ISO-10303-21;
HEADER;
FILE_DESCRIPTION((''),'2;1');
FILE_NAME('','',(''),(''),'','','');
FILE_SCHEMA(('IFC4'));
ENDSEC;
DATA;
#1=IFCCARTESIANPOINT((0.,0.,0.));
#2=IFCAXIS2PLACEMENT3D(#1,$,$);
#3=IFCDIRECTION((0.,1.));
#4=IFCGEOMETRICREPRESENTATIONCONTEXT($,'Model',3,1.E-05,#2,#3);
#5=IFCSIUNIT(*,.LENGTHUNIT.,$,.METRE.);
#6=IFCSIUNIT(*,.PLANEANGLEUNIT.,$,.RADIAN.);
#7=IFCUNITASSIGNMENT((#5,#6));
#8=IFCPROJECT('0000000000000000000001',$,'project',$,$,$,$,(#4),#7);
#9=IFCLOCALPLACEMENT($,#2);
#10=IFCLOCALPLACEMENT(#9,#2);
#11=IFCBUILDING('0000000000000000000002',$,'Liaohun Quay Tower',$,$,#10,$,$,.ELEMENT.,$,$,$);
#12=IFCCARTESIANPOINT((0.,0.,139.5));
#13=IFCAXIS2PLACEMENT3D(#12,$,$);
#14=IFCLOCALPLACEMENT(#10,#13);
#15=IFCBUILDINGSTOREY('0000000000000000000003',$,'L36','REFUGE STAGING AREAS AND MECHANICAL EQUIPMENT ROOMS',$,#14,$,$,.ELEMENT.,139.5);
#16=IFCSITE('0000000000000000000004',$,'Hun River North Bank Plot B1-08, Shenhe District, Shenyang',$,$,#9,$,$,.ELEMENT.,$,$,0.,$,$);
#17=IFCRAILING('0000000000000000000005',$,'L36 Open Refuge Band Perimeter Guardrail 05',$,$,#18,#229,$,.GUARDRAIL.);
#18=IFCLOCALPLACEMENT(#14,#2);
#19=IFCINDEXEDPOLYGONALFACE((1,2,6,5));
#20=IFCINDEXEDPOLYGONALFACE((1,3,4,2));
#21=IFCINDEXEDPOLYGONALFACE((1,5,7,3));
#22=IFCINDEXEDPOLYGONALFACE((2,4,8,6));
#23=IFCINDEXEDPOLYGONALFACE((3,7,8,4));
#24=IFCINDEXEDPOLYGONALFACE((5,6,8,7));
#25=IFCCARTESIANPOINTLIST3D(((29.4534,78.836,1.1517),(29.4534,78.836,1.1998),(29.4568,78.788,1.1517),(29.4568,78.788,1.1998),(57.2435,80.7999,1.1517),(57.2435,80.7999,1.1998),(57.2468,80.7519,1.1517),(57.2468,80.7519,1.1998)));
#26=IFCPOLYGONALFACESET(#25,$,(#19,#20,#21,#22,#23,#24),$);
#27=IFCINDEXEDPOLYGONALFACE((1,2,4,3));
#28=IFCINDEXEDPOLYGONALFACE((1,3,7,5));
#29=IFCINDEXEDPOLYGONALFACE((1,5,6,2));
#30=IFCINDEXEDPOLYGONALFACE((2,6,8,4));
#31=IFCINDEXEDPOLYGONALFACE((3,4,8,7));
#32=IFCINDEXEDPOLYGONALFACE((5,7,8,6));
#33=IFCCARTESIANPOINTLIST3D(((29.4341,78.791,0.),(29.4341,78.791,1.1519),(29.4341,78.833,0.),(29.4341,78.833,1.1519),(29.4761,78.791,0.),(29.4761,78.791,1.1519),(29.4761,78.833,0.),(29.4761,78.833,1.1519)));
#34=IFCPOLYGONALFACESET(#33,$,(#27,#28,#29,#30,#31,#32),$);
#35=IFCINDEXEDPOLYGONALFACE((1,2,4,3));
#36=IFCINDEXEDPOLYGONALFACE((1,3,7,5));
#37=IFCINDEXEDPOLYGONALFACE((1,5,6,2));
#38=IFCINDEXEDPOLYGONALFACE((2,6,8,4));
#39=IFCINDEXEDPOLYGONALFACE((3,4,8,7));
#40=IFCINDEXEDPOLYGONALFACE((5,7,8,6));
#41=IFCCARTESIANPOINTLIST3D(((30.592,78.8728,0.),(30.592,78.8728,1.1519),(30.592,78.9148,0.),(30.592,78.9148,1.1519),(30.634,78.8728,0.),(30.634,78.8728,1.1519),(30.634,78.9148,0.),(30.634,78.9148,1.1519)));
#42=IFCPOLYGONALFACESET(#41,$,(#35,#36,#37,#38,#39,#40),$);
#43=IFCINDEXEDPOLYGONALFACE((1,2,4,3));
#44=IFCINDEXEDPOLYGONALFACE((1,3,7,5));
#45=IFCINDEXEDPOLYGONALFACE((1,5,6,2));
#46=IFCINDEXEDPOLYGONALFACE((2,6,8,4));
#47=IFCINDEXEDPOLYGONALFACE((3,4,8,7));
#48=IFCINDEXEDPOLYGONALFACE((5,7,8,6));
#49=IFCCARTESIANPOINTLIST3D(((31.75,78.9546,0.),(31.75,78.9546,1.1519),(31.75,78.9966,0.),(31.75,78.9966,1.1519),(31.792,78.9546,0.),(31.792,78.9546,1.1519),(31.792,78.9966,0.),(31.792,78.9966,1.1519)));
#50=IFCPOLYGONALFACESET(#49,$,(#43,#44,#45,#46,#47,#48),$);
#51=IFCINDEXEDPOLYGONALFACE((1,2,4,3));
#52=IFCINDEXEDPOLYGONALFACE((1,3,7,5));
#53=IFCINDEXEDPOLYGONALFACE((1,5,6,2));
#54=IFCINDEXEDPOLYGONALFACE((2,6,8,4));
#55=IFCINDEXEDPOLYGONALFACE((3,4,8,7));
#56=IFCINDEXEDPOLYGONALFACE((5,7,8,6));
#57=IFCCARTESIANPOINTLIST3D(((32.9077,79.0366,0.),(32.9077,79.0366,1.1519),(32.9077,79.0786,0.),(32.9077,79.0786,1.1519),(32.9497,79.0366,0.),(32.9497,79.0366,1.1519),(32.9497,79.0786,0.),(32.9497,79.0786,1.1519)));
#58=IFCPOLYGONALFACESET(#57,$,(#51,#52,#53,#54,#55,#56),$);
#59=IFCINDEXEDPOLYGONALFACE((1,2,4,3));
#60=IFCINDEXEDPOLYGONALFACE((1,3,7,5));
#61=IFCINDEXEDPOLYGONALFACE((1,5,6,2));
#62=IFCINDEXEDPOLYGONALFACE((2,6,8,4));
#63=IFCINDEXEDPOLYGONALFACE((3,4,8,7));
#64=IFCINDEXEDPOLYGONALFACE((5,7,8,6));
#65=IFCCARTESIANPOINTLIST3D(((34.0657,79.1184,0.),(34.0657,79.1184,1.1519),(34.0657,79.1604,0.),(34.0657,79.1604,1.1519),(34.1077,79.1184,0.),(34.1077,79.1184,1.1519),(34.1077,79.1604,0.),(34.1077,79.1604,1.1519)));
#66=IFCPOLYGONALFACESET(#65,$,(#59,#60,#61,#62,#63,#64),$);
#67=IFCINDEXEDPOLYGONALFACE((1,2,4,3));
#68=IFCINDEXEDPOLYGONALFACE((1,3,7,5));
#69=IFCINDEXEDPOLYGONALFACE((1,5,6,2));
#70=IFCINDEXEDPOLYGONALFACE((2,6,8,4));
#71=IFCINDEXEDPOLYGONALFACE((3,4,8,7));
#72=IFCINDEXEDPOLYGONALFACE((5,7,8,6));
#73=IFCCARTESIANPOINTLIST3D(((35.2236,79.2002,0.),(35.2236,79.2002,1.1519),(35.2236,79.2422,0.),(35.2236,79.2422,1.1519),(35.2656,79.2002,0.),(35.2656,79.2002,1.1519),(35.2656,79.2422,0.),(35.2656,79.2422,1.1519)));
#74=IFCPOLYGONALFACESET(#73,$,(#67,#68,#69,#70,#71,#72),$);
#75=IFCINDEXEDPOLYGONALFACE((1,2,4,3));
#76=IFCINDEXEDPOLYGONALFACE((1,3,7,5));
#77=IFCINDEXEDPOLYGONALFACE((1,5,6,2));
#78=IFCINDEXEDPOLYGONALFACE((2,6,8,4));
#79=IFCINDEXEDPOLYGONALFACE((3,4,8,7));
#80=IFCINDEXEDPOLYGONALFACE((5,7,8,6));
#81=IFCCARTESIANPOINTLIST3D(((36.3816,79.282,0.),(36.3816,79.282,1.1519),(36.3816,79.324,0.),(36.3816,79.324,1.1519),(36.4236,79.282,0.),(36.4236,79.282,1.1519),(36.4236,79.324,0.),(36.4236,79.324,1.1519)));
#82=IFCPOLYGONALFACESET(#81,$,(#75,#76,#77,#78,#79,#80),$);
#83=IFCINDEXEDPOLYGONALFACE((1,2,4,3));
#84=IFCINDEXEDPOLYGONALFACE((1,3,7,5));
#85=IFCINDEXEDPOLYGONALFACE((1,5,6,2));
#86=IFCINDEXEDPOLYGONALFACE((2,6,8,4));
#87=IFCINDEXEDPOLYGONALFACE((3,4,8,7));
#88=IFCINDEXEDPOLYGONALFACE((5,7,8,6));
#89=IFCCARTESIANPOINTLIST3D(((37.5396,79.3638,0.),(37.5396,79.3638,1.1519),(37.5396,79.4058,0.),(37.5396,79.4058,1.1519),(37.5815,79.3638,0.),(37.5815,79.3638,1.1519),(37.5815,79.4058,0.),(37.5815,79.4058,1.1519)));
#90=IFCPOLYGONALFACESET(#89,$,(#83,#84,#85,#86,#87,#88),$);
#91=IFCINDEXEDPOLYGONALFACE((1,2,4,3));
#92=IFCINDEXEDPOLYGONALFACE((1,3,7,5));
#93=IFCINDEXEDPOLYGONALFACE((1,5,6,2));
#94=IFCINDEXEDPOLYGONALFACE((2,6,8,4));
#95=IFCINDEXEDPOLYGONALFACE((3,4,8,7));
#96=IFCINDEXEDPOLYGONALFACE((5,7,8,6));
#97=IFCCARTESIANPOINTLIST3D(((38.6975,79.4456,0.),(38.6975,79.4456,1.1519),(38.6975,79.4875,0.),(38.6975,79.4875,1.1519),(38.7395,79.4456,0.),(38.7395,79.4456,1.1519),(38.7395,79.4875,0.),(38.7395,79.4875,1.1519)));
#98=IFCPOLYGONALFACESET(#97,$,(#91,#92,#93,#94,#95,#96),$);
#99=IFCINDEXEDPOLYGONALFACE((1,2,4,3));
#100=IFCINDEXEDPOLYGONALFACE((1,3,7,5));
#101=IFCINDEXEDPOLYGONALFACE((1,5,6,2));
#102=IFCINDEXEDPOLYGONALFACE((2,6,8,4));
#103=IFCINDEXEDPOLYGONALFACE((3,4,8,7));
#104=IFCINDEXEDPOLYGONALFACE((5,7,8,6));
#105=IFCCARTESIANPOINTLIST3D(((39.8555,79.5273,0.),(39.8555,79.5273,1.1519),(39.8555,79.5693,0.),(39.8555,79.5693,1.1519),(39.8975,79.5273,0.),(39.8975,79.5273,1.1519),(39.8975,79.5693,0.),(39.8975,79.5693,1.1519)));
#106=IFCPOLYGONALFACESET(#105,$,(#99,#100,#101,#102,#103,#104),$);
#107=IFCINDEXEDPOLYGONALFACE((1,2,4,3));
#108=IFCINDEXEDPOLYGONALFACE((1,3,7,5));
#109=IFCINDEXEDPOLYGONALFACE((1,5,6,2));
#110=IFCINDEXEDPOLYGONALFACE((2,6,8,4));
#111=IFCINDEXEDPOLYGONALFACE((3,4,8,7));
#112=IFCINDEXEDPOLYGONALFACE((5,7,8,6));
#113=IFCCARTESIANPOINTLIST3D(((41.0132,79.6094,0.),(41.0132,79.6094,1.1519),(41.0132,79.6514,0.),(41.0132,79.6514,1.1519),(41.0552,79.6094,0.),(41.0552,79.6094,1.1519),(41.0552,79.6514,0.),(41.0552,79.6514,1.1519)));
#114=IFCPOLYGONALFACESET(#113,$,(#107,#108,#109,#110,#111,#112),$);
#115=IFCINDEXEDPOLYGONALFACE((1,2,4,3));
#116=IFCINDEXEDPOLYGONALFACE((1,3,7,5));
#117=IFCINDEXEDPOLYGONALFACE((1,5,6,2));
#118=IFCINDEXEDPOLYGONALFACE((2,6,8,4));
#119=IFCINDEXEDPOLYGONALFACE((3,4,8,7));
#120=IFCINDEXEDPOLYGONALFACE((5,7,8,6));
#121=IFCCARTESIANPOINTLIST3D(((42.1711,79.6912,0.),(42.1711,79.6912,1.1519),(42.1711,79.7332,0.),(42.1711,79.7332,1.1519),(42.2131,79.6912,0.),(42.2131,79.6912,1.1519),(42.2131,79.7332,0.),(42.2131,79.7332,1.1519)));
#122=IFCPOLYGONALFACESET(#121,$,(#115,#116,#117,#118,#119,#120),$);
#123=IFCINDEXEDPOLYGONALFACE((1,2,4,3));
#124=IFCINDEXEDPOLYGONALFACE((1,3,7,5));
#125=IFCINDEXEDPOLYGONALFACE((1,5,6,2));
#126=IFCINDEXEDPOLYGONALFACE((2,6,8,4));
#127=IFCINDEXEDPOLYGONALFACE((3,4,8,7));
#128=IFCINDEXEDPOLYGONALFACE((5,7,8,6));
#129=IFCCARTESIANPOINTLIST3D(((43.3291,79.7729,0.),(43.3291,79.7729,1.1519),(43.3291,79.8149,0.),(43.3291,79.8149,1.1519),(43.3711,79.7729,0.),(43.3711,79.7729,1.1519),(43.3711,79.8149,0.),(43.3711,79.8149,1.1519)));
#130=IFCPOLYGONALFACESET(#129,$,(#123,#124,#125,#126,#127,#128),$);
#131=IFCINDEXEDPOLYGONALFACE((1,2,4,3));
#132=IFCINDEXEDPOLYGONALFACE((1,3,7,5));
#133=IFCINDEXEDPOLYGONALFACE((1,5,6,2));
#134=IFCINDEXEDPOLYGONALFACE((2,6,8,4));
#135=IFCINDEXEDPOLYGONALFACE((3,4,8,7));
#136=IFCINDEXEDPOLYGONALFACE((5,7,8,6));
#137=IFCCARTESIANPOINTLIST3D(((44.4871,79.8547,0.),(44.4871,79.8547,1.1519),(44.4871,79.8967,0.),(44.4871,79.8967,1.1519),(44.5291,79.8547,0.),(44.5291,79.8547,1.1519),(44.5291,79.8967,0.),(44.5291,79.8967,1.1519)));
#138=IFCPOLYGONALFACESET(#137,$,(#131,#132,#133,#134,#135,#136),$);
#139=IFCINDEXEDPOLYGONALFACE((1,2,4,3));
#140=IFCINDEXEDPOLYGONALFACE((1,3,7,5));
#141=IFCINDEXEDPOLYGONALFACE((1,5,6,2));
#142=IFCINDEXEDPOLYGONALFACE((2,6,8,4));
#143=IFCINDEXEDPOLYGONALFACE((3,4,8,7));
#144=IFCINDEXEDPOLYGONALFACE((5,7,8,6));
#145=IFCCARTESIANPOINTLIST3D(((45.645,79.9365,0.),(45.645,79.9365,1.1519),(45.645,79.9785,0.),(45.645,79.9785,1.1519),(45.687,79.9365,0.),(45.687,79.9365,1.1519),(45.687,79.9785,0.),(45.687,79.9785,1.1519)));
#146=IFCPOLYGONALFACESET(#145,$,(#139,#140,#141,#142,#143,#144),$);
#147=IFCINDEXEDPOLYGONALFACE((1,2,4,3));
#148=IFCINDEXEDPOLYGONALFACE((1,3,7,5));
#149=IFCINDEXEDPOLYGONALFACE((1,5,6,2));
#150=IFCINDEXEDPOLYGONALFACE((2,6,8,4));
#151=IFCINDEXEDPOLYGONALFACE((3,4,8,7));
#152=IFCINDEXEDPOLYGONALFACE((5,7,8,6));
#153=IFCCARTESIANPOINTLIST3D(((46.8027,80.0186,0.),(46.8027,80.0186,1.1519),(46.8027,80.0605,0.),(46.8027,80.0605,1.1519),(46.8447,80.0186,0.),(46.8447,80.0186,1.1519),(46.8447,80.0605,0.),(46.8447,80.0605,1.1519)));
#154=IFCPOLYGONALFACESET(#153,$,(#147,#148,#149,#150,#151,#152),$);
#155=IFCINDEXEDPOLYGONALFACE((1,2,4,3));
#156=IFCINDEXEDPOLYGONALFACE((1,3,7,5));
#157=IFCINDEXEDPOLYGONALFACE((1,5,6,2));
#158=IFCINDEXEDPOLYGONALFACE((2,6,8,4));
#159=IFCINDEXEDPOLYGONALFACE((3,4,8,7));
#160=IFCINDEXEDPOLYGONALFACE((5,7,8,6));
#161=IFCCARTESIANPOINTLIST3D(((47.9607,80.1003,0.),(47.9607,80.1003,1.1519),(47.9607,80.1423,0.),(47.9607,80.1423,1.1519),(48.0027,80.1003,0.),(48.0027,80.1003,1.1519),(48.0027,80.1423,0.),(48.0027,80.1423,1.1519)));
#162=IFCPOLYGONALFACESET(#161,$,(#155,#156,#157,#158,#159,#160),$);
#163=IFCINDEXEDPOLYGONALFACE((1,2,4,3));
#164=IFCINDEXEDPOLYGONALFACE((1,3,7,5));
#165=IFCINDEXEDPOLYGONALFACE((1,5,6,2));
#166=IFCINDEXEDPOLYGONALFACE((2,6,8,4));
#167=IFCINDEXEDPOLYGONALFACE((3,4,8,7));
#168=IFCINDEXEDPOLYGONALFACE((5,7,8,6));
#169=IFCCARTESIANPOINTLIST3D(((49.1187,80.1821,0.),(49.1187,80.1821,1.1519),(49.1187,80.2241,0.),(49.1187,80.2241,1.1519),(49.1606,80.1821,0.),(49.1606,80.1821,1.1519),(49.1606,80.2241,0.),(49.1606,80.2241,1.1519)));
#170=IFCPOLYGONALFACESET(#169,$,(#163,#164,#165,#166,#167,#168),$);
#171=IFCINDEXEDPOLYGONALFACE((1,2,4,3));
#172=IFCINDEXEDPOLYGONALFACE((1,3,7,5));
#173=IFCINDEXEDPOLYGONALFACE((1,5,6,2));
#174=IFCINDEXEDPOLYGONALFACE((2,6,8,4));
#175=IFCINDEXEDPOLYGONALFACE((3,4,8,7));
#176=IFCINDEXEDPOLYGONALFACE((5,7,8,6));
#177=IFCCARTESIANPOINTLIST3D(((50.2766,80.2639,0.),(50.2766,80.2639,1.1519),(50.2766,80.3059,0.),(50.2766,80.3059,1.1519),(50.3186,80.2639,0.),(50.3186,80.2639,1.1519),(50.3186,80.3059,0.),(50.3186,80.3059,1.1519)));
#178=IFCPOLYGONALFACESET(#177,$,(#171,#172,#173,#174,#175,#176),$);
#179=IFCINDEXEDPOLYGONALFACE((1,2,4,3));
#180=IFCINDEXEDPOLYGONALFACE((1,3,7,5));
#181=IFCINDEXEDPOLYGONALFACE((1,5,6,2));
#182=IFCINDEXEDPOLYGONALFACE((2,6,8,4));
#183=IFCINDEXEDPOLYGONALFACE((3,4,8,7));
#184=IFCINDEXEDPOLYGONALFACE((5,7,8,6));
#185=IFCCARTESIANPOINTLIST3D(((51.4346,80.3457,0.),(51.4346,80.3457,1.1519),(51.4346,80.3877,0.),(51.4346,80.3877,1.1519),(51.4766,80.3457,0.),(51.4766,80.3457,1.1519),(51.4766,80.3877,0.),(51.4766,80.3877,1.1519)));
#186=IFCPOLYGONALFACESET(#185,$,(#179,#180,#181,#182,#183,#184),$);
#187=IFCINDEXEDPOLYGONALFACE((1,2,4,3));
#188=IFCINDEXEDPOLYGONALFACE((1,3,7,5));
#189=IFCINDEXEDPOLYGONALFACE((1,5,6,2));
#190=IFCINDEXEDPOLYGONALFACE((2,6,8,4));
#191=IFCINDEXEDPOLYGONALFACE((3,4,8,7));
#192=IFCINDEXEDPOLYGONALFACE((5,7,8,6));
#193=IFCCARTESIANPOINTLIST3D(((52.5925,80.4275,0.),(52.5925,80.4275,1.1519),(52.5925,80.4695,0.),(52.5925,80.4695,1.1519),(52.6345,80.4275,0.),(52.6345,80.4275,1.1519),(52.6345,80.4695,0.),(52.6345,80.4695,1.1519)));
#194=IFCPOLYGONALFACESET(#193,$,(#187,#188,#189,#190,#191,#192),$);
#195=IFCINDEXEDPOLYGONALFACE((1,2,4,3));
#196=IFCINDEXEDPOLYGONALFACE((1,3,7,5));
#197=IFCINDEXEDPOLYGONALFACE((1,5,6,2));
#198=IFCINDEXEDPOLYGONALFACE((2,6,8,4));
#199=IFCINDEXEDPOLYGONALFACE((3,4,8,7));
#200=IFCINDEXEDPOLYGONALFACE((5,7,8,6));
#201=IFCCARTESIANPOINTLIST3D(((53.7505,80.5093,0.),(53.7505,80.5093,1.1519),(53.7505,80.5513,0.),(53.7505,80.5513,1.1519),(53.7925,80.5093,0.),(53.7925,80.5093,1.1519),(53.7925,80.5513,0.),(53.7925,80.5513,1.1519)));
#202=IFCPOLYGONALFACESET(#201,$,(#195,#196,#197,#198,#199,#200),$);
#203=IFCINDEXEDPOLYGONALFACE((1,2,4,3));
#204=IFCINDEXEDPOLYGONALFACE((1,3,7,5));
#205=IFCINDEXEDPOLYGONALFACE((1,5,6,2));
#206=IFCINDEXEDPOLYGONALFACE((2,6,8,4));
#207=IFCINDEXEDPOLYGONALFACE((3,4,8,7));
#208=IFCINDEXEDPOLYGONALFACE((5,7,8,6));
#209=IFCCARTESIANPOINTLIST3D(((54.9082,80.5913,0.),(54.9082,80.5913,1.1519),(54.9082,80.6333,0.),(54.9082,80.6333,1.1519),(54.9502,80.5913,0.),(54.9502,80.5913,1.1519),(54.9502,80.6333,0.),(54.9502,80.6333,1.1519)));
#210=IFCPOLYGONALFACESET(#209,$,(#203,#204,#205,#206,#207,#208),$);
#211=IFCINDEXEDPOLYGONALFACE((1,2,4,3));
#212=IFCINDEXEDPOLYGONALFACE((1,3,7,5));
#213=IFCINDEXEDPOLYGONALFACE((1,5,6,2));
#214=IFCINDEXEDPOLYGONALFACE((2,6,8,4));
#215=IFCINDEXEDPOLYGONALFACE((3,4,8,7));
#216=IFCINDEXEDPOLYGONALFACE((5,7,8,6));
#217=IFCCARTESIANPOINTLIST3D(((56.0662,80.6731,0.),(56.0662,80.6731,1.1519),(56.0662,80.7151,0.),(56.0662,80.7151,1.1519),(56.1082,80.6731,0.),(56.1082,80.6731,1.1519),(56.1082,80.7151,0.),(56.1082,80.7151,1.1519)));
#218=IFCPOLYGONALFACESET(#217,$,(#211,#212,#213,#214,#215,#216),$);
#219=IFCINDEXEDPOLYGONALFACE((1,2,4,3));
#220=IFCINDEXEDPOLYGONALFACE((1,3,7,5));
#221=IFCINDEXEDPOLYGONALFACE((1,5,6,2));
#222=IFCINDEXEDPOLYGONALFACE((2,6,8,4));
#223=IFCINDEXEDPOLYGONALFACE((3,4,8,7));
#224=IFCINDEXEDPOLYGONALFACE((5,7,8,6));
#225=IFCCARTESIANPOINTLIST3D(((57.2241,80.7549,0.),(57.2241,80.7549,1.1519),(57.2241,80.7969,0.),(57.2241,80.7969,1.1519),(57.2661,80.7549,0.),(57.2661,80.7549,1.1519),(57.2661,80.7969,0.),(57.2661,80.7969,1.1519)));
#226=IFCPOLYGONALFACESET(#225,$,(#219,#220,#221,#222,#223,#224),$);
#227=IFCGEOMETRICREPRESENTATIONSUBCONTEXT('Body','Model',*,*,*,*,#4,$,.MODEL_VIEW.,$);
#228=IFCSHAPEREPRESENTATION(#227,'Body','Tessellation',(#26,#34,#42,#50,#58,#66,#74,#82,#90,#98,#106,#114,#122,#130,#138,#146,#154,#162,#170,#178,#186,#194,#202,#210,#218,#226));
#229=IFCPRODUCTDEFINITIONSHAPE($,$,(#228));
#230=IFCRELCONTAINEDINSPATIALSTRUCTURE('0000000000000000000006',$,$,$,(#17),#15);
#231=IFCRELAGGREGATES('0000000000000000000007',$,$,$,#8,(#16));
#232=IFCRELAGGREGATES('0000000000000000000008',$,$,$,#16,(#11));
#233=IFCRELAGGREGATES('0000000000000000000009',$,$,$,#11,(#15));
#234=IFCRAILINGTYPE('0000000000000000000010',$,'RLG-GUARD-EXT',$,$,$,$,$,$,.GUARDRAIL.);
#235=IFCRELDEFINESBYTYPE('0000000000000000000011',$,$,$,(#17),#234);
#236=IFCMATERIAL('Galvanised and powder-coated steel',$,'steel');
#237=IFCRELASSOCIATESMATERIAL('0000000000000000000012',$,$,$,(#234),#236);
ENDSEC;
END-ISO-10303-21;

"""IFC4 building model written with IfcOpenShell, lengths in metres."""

from ifc_helpers import new_model, si_unit, direction, frame, origin, origin_2d, place, context, subcontext, project, spatial, rectangle, extrude, material, type_object, element, save


model = new_model("IFC4")

# Units and contexts
model_context = context("Model", 3, precision=1e-05, world=origin(), true_north=direction((0.0, 1.0)))
body_context = subcontext(model_context, "Body", "Model", "MODEL_VIEW")
ifc_project = project(units=[si_unit("LENGTHUNIT", "METRE"), si_unit("PLANEANGLEUNIT", "RADIAN")], contexts=[model_context])

# Site, building, storey
site_placement = place(None, origin())
site = spatial("IfcSite", under=ifc_project, at=site_placement, Name="Hun River North Bank Plot B1-08, Shenhe District, Shenyang", CompositionType="ELEMENT", RefElevation=0.0)
building_placement = place(site_placement, origin())
building = spatial("IfcBuilding", under=site, at=building_placement, Name="Liaohun Quay Tower", CompositionType="ELEMENT")
storey_placement = place(building_placement, frame((0.0, 0.0, 139.5)))
storey = spatial("IfcBuildingStorey", under=building, at=storey_placement, Name="L36", Description="REFUGE STAGING AREAS AND MECHANICAL EQUIPMENT ROOMS", CompositionType="ELEMENT", Elevation=139.5)

# Railing
ifc_material_1 = material(Name="Galvanised and powder-coated steel", Category="steel")
railing_type = type_object("IfcRailingType", Name="RLG-GUARD-EXT", PredefinedType="GUARDRAIL", material=ifc_material_1)
railing_1_placement = place(storey_placement, frame((29.4551, 78.812, 0.0)))
element("IfcRailing", 1, at=railing_1_placement, inside=storey, type_object=railing_type, Name="L36 Open Refuge Band Perimeter Guardrail 05", PredefinedType="GUARDRAIL", context=body_context, shape_type="SweptSolid", body=[
    extrude(rectangle(XDim=0.0481, YDim=0.0481, at=origin_2d()), frame((0.0, 0.0, 1.1758), z_axis=(0.997512, 0.070492, 0.0), x_axis=(-0.070492, 0.997512, 0.0)), (0.0, 0.0, 1.0), 27.8594),
    extrude(rectangle(XDim=0.042, YDim=0.042, at=origin_2d()), origin(), (0.0, 0.0, 1.0), 1.1519),
    extrude(rectangle(XDim=0.042, YDim=0.042, at=origin_2d()), frame((1.158, 0.0818, 0.0)), (0.0, 0.0, 1.0), 1.1519),
    extrude(rectangle(XDim=0.042, YDim=0.042, at=origin_2d()), frame((2.3159, 0.1636, 0.0)), (0.0, 0.0, 1.0), 1.1519),
    extrude(rectangle(XDim=0.042, YDim=0.042, at=origin_2d()), frame((3.4736, 0.2456, 0.0)), (0.0, 0.0, 1.0), 1.1519),
    extrude(rectangle(XDim=0.042, YDim=0.042, at=origin_2d()), frame((4.6316, 0.3274, 0.0)), (0.0, 0.0, 1.0), 1.1519),
    extrude(rectangle(XDim=0.042, YDim=0.042, at=origin_2d()), frame((5.7896, 0.4092, 0.0)), (0.0, 0.0, 1.0), 1.1519),
    extrude(rectangle(XDim=0.042, YDim=0.042, at=origin_2d()), frame((6.9475, 0.491, 0.0)), (0.0, 0.0, 1.0), 1.1519),
    extrude(rectangle(XDim=0.042, YDim=0.042, at=origin_2d()), frame((8.1055, 0.5728, 0.0)), (0.0, 0.0, 1.0), 1.1519),
    extrude(rectangle(XDim=0.042, YDim=0.042, at=origin_2d()), frame((9.2634, 0.6545, 0.0)), (0.0, 0.0, 1.0), 1.1519),
    extrude(rectangle(XDim=0.042, YDim=0.042, at=origin_2d()), frame((10.4214, 0.7363, 0.0)), (0.0, 0.0, 1.0), 1.1519),
    extrude(rectangle(XDim=0.042, YDim=0.042, at=origin_2d()), frame((11.5791, 0.8184, 0.0)), (0.0, 0.0, 1.0), 1.1519),
    extrude(rectangle(XDim=0.042, YDim=0.042, at=origin_2d()), frame((12.7371, 0.9001, 0.0)), (0.0, 0.0, 1.0), 1.1519),
    extrude(rectangle(XDim=0.042, YDim=0.042, at=origin_2d()), frame((13.895, 0.9819, 0.0)), (0.0, 0.0, 1.0), 1.1519),
    extrude(rectangle(XDim=0.042, YDim=0.042, at=origin_2d()), frame((15.053, 1.0637, 0.0)), (0.0, 0.0, 1.0), 1.1519),
    extrude(rectangle(XDim=0.042, YDim=0.042, at=origin_2d()), frame((16.2109, 1.1455, 0.0)), (0.0, 0.0, 1.0), 1.1519),
    extrude(rectangle(XDim=0.042, YDim=0.042, at=origin_2d()), frame((17.3687, 1.2275, 0.0)), (0.0, 0.0, 1.0), 1.1519),
    extrude(rectangle(XDim=0.042, YDim=0.042, at=origin_2d()), frame((18.5266, 1.3093, 0.0)), (0.0, 0.0, 1.0), 1.1519),
    extrude(rectangle(XDim=0.042, YDim=0.042, at=origin_2d()), frame((19.6846, 1.3911, 0.0)), (0.0, 0.0, 1.0), 1.1519),
    extrude(rectangle(XDim=0.042, YDim=0.042, at=origin_2d()), frame((20.8425, 1.4729, 0.0)), (0.0, 0.0, 1.0), 1.1519),
    extrude(rectangle(XDim=0.042, YDim=0.042, at=origin_2d()), frame((22.0005, 1.5547, 0.0)), (0.0, 0.0, 1.0), 1.1519),
    extrude(rectangle(XDim=0.042, YDim=0.042, at=origin_2d()), frame((23.1584, 1.6365, 0.0)), (0.0, 0.0, 1.0), 1.1519),
    extrude(rectangle(XDim=0.042, YDim=0.042, at=origin_2d()), frame((24.3164, 1.7183, 0.0)), (0.0, 0.0, 1.0), 1.1519),
    extrude(rectangle(XDim=0.042, YDim=0.042, at=origin_2d()), frame((25.4741, 1.8003, 0.0)), (0.0, 0.0, 1.0), 1.1519),
    extrude(rectangle(XDim=0.042, YDim=0.042, at=origin_2d()), frame((26.6321, 1.8821, 0.0)), (0.0, 0.0, 1.0), 1.1519),
    extrude(rectangle(XDim=0.042, YDim=0.042, at=origin_2d()), frame((27.79, 1.9639, 0.0)), (0.0, 0.0, 1.0), 1.1519),
])

save(model, "model.ifc")
